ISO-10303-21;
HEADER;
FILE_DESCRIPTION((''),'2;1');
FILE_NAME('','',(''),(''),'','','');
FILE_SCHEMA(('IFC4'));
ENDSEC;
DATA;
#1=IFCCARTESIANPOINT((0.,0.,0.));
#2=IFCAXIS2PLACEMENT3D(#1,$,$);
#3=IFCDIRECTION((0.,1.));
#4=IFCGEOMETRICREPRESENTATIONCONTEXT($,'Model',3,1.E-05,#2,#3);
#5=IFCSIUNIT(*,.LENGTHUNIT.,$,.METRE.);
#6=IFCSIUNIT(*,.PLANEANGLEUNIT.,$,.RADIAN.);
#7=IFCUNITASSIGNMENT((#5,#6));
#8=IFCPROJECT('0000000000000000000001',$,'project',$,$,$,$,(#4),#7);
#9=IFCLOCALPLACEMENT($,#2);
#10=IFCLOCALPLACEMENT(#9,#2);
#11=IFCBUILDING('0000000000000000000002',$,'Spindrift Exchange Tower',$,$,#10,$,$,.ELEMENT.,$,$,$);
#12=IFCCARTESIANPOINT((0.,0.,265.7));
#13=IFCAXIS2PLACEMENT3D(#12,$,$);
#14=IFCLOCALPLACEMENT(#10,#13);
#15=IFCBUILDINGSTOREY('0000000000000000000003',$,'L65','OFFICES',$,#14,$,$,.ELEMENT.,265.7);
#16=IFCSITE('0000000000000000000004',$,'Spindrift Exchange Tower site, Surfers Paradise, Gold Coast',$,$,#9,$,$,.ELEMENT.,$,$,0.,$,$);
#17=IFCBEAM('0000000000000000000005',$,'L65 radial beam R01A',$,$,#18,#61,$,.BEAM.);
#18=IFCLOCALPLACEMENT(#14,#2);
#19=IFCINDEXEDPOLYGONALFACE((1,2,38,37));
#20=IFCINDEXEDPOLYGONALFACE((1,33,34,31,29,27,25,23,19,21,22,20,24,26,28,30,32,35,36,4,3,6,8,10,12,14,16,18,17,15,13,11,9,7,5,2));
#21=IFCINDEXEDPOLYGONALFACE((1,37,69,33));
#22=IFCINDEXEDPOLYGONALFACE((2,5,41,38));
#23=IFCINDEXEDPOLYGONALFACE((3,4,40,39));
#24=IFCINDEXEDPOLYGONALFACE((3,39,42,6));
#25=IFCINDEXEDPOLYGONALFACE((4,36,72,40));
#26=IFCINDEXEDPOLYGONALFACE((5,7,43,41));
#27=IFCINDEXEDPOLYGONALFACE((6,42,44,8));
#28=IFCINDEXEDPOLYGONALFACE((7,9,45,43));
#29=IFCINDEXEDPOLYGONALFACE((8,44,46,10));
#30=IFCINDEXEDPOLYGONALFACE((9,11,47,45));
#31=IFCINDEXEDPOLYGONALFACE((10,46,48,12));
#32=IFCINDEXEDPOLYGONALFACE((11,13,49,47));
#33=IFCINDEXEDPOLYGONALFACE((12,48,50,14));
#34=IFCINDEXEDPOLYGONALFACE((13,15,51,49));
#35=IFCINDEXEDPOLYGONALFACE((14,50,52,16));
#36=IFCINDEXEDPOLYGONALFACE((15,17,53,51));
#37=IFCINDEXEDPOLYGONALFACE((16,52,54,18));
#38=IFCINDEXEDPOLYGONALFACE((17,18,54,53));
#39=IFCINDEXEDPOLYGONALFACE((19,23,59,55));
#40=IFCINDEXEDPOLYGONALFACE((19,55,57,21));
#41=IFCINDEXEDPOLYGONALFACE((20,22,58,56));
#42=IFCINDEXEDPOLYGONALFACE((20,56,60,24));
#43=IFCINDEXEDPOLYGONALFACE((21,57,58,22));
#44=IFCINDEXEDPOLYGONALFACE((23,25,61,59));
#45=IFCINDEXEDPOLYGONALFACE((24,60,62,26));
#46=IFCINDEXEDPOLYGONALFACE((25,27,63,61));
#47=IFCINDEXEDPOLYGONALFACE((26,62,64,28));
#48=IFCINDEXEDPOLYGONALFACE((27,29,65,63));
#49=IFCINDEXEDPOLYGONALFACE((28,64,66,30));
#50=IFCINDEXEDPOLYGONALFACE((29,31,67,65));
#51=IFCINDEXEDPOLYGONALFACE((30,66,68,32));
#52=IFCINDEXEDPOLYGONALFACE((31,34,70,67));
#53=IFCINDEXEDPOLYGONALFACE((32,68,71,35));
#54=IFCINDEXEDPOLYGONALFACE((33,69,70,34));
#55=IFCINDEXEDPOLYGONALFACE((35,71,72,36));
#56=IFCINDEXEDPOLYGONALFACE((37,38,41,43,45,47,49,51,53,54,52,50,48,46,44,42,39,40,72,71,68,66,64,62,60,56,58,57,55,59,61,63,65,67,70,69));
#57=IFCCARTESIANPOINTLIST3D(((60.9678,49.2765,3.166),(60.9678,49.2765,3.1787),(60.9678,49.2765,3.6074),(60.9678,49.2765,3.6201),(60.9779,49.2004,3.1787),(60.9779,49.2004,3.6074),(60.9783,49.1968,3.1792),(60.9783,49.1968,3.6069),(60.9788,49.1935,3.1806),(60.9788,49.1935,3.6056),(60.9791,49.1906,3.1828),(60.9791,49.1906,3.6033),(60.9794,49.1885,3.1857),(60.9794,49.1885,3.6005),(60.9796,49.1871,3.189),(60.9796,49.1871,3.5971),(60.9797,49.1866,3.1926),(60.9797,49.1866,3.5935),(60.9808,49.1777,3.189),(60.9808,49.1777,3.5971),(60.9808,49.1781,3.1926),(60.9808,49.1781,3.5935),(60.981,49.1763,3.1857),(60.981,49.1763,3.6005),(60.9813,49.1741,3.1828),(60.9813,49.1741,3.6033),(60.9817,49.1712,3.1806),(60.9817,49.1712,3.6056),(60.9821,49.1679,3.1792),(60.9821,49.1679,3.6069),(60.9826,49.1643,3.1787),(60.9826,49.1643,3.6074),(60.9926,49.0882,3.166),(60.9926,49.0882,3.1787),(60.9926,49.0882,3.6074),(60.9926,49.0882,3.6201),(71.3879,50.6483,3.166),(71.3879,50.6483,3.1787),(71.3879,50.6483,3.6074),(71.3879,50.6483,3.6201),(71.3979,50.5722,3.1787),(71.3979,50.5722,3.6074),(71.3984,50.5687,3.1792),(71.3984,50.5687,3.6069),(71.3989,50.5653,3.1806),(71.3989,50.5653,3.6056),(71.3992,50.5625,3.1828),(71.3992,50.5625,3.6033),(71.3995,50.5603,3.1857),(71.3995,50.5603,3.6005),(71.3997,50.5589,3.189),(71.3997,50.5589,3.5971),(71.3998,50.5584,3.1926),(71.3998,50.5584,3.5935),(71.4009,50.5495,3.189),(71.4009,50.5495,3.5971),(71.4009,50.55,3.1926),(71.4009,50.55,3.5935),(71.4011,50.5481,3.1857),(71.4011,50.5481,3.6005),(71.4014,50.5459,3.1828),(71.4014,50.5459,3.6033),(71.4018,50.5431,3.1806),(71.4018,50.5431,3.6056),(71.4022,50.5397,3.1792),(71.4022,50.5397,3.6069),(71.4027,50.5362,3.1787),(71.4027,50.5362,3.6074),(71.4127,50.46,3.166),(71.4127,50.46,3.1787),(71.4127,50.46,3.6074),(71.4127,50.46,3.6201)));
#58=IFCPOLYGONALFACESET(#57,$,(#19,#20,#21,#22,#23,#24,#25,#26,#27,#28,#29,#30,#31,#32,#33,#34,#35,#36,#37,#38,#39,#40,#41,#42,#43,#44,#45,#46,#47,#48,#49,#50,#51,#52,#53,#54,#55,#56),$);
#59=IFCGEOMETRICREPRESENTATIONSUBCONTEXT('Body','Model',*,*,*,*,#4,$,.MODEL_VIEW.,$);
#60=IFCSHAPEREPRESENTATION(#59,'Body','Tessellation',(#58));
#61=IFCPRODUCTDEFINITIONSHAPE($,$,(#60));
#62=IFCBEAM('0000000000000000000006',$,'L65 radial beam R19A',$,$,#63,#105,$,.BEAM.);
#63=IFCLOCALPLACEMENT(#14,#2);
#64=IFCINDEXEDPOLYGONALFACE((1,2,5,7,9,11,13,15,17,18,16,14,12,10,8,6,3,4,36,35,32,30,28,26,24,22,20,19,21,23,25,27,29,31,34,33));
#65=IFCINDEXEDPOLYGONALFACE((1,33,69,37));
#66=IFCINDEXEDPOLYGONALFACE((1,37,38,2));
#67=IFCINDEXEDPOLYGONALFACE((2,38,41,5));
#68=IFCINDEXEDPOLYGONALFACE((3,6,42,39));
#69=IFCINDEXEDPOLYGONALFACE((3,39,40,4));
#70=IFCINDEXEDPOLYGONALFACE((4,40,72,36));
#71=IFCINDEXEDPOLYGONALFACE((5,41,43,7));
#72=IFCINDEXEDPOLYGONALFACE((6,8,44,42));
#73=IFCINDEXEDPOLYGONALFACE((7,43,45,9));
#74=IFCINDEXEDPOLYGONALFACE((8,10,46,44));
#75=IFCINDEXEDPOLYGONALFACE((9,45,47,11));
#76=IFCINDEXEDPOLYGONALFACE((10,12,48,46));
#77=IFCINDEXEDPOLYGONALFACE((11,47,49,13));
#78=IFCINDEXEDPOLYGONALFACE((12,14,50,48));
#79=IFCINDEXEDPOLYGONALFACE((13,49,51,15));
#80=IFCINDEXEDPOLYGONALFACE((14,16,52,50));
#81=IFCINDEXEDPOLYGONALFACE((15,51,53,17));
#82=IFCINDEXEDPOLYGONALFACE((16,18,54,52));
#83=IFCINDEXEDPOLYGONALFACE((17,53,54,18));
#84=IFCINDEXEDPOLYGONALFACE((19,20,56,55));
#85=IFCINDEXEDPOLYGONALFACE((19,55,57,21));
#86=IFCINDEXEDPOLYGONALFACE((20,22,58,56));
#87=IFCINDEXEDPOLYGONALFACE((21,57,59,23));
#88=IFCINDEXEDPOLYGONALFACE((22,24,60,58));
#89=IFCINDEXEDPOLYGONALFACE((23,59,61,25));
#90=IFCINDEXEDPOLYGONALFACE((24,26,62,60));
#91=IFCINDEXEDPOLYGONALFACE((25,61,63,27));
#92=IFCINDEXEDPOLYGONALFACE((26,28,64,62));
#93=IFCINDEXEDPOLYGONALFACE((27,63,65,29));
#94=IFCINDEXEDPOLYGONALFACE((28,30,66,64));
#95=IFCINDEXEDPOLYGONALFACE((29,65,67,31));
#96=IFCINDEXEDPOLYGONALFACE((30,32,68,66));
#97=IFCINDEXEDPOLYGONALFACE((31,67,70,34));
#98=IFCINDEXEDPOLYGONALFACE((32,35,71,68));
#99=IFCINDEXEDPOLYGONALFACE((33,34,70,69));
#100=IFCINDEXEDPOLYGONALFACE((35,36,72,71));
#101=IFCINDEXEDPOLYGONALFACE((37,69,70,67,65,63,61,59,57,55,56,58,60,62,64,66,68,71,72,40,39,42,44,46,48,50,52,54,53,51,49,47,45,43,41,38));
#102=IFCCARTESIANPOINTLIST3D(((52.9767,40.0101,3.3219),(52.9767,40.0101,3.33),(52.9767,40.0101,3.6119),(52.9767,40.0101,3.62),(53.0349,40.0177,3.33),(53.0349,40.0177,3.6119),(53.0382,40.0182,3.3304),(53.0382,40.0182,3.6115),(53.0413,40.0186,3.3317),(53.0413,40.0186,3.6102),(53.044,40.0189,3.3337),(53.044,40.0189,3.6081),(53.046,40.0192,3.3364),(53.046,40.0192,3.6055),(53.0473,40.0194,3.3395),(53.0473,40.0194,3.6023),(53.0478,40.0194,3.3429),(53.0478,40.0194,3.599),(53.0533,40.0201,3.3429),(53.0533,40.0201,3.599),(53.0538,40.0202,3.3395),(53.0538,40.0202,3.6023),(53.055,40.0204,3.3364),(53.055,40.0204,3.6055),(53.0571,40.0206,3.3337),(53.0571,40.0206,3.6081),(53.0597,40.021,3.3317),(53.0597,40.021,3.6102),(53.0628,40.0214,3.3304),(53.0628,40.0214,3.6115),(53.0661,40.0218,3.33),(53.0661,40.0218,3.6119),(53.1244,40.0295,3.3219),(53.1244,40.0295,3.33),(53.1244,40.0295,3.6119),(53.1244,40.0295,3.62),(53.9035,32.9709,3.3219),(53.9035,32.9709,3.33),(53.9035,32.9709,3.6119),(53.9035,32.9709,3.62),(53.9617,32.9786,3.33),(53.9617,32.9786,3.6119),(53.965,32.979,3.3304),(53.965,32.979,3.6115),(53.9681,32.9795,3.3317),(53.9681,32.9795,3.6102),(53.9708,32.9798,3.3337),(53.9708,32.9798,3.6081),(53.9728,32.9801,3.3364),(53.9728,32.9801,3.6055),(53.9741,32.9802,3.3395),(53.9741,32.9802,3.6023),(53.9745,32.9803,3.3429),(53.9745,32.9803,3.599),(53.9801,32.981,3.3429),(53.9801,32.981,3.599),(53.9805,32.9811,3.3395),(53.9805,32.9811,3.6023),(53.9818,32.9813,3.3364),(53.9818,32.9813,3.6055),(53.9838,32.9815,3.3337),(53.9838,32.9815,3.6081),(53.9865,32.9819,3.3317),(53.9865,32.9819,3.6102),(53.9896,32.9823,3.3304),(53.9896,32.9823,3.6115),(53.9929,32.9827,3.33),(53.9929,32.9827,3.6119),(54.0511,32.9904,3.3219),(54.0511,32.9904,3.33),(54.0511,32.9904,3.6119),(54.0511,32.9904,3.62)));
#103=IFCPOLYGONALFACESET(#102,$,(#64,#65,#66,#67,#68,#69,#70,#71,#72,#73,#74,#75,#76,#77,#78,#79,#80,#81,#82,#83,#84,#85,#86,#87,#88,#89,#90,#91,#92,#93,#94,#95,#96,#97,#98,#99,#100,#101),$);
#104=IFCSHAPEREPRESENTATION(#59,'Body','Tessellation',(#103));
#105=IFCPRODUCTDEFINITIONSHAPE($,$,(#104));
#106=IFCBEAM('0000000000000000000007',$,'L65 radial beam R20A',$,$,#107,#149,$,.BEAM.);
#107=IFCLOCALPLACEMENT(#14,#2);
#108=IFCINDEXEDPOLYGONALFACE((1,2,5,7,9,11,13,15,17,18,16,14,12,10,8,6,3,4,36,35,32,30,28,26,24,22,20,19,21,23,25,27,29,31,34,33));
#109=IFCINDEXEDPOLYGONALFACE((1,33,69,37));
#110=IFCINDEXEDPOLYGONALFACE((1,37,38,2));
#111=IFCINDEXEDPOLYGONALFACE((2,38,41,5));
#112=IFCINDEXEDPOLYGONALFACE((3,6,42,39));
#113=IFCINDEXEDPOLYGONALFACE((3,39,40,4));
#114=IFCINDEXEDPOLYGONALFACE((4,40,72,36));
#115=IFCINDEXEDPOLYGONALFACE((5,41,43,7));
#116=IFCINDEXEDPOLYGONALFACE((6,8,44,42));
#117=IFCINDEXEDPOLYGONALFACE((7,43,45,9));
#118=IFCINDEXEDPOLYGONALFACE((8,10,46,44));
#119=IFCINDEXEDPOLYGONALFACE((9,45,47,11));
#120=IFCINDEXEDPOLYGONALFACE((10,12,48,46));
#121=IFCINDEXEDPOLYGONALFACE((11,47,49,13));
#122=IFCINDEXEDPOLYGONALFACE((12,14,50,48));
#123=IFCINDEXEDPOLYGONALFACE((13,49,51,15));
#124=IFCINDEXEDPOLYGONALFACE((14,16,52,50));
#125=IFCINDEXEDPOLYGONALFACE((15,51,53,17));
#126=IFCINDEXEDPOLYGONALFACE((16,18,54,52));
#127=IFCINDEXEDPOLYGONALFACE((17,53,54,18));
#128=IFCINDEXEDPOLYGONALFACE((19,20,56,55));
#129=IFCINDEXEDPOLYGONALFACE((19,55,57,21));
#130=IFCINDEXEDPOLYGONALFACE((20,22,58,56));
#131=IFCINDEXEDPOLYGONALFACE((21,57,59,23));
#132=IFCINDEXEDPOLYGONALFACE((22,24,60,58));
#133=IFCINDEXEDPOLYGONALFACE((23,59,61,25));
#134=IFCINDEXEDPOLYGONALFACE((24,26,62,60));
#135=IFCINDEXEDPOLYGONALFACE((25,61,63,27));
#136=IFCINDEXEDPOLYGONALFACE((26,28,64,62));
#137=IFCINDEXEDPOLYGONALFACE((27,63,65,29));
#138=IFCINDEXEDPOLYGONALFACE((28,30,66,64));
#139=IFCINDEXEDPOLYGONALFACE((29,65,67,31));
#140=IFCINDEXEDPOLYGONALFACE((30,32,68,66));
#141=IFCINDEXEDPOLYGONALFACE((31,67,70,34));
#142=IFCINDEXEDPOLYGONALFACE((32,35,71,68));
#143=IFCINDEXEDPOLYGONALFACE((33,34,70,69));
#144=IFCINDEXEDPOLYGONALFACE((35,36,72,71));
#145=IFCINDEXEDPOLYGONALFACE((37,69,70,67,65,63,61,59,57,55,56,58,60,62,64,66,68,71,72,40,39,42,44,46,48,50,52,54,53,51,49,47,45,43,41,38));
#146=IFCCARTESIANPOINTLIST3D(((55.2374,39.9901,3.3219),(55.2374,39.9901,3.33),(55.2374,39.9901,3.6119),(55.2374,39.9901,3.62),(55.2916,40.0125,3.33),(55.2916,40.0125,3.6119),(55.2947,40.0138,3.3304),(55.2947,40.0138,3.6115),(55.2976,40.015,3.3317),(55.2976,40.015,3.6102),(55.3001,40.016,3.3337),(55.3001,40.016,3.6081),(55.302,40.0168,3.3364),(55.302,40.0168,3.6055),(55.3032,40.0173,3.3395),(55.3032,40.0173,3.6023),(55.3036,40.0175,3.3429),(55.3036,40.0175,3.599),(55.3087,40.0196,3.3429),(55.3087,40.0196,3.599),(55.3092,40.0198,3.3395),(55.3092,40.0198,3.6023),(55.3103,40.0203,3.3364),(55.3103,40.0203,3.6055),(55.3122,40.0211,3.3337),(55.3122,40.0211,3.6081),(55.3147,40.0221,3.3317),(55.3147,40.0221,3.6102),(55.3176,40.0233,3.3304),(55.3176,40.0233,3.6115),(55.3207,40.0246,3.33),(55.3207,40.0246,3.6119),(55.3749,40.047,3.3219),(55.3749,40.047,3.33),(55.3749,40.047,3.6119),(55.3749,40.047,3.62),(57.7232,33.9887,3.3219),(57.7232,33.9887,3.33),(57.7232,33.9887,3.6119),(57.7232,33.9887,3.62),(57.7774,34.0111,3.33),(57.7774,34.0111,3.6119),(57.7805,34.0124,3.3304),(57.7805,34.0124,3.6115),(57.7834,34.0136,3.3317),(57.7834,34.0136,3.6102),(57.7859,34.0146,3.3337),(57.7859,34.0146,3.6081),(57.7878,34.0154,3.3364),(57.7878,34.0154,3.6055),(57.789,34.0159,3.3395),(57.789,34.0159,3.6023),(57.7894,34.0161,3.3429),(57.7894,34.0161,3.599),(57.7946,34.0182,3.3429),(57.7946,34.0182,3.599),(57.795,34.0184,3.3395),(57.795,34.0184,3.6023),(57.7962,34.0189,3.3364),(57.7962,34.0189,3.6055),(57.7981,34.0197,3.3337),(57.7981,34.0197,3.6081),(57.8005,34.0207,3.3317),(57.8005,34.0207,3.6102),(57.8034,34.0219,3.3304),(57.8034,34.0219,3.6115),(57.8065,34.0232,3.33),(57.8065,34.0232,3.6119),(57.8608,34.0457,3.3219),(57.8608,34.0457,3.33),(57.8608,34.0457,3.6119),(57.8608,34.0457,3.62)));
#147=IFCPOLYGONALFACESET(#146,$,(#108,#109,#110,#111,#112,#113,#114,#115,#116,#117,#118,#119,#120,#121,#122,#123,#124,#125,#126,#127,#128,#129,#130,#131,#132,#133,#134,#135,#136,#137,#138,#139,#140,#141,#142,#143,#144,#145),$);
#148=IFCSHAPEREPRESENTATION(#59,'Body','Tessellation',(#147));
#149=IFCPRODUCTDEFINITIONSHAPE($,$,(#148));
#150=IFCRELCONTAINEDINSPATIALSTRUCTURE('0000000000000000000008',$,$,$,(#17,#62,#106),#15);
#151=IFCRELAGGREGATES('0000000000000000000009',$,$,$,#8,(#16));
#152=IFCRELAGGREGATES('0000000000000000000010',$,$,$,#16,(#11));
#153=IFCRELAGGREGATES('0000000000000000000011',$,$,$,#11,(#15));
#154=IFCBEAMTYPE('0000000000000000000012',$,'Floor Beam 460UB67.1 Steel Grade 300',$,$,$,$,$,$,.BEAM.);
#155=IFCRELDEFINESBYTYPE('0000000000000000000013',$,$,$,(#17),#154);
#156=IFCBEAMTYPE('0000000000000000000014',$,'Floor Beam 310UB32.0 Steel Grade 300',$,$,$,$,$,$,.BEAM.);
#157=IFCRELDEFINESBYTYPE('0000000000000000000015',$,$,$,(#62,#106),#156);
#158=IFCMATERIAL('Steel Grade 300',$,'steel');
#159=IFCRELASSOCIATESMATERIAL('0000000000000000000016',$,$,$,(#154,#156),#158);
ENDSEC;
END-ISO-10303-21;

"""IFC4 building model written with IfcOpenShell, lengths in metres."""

from ifc_helpers import new_model, si_unit, direction, frame, origin, origin_2d, place, context, subcontext, project, spatial, i_section, extrude, source, transform, mapped, material, material_profile, profile_set, type_object, element, save


model = new_model("IFC4")

# Units and contexts
model_context = context("Model", 3, precision=1e-05, world=origin(), true_north=direction((0.0, 1.0)))
body_context = subcontext(model_context, "Body", "Model", "MODEL_VIEW")
ifc_project = project(units=[si_unit("LENGTHUNIT", "METRE"), si_unit("PLANEANGLEUNIT", "RADIAN")], contexts=[model_context])

# Site, building, storey
site_placement = place(None, origin())
site = spatial("IfcSite", under=ifc_project, at=site_placement, Name="Spindrift Exchange Tower site, Surfers Paradise, Gold Coast", CompositionType="ELEMENT", RefElevation=0.0)
building_placement = place(site_placement, origin())
building = spatial("IfcBuilding", under=site, at=building_placement, Name="Spindrift Exchange Tower", CompositionType="ELEMENT")
storey_placement = place(building_placement, frame((0.0, 0.0, 265.7)))
storey = spatial("IfcBuildingStorey", under=building, at=storey_placement, Name="L65", Description="OFFICES", CompositionType="ELEMENT", Elevation=265.7)

# Beams
ifc_material_1 = material(Name="Steel Grade 300", Category="steel")
ifc_material_profile_1 = material_profile(ifc_material_1, i_section(OverallWidth=0.1899, OverallDepth=0.4541, WebThickness=0.0085, FlangeThickness=0.0127, FilletRadius=0.0139, at=origin_2d()), Name="460UB67.1")
ifc_profile_set_1 = profile_set([ifc_material_profile_1], Name="Steel Grade 300")
beam_type_1 = type_object("IfcBeamType", Name="Floor Beam 460UB67.1 Steel Grade 300", PredefinedType="BEAM", material=ifc_profile_set_1)
shared_shape_1 = source(origin(), body_context, "Body", "SweptSolid", [
    extrude(i_section(OverallWidth=0.1899, OverallDepth=0.4541, WebThickness=0.0085, FlangeThickness=0.0127, FilletRadius=0.0139, at=origin_2d()), origin(), (0.0, 0.0, 1.0), 10.51),
])
beam_1_placement = place(storey_placement, frame((60.9802, 49.1824, 3.3931), z_axis=(0.991445, 0.130525, 0.0), x_axis=(-0.130525, 0.991445, 0.0)))
element("IfcBeam", 1, at=beam_1_placement, inside=storey, type_object=beam_type_1, Name="L65 radial beam R01A", PredefinedType="BEAM", context=body_context, shape_type="MappedRepresentation", body=[
    mapped(shared_shape_1, transform((0.0, 0.0, 0.0), scale=1.0)),
])
ifc_material_profile_2 = material_profile(ifc_material_1, i_section(OverallWidth=0.1489, OverallDepth=0.2981, WebThickness=0.0056, FlangeThickness=0.0081, FilletRadius=0.0129, at=origin_2d()), Name="310UB32.0")
ifc_profile_set_2 = profile_set([ifc_material_profile_2], Name="Steel Grade 300")
beam_type_2 = type_object("IfcBeamType", Name="Floor Beam 310UB32.0 Steel Grade 300", PredefinedType="BEAM", material=ifc_profile_set_2)
shared_shape_2 = source(origin(), body_context, "Body", "SweptSolid", [
    extrude(i_section(OverallWidth=0.1489, OverallDepth=0.2981, WebThickness=0.0056, FlangeThickness=0.0081, FilletRadius=0.0129, at=origin_2d()), origin(), (0.0, 0.0, 1.0), 7.0999),
])
beam_2_placement = place(storey_placement, frame((53.0505, 40.0198, 3.4709), z_axis=(0.130533, -0.991444, 0.0), x_axis=(0.991444, 0.130533, 0.0)))
element("IfcBeam", 2, at=beam_2_placement, inside=storey, type_object=beam_type_2, Name="L65 radial beam R19A", PredefinedType="BEAM", context=body_context, shape_type="MappedRepresentation", body=[
    mapped(shared_shape_2, transform((0.0, 0.0, 0.0), scale=1.0)),
])
shared_shape_3 = source(origin(), body_context, "Body", "SweptSolid", [
    extrude(i_section(OverallWidth=0.1489, OverallDepth=0.2981, WebThickness=0.0056, FlangeThickness=0.0081, FilletRadius=0.0129, at=origin_2d()), origin(), (0.0, 0.0, 1.0), 6.4958),
])
beam_3_placement = place(storey_placement, frame((55.3062, 40.0186, 3.4709), z_axis=(0.382677, -0.923882, 0.0), x_axis=(0.923882, 0.382677, 0.0)))
element("IfcBeam", 3, at=beam_3_placement, inside=storey, type_object=beam_type_2, Name="L65 radial beam R20A", PredefinedType="BEAM", context=body_context, shape_type="MappedRepresentation", body=[
    mapped(shared_shape_3, transform((0.0, 0.0, 0.0), scale=1.0)),
])

save(model, "model.ifc")
